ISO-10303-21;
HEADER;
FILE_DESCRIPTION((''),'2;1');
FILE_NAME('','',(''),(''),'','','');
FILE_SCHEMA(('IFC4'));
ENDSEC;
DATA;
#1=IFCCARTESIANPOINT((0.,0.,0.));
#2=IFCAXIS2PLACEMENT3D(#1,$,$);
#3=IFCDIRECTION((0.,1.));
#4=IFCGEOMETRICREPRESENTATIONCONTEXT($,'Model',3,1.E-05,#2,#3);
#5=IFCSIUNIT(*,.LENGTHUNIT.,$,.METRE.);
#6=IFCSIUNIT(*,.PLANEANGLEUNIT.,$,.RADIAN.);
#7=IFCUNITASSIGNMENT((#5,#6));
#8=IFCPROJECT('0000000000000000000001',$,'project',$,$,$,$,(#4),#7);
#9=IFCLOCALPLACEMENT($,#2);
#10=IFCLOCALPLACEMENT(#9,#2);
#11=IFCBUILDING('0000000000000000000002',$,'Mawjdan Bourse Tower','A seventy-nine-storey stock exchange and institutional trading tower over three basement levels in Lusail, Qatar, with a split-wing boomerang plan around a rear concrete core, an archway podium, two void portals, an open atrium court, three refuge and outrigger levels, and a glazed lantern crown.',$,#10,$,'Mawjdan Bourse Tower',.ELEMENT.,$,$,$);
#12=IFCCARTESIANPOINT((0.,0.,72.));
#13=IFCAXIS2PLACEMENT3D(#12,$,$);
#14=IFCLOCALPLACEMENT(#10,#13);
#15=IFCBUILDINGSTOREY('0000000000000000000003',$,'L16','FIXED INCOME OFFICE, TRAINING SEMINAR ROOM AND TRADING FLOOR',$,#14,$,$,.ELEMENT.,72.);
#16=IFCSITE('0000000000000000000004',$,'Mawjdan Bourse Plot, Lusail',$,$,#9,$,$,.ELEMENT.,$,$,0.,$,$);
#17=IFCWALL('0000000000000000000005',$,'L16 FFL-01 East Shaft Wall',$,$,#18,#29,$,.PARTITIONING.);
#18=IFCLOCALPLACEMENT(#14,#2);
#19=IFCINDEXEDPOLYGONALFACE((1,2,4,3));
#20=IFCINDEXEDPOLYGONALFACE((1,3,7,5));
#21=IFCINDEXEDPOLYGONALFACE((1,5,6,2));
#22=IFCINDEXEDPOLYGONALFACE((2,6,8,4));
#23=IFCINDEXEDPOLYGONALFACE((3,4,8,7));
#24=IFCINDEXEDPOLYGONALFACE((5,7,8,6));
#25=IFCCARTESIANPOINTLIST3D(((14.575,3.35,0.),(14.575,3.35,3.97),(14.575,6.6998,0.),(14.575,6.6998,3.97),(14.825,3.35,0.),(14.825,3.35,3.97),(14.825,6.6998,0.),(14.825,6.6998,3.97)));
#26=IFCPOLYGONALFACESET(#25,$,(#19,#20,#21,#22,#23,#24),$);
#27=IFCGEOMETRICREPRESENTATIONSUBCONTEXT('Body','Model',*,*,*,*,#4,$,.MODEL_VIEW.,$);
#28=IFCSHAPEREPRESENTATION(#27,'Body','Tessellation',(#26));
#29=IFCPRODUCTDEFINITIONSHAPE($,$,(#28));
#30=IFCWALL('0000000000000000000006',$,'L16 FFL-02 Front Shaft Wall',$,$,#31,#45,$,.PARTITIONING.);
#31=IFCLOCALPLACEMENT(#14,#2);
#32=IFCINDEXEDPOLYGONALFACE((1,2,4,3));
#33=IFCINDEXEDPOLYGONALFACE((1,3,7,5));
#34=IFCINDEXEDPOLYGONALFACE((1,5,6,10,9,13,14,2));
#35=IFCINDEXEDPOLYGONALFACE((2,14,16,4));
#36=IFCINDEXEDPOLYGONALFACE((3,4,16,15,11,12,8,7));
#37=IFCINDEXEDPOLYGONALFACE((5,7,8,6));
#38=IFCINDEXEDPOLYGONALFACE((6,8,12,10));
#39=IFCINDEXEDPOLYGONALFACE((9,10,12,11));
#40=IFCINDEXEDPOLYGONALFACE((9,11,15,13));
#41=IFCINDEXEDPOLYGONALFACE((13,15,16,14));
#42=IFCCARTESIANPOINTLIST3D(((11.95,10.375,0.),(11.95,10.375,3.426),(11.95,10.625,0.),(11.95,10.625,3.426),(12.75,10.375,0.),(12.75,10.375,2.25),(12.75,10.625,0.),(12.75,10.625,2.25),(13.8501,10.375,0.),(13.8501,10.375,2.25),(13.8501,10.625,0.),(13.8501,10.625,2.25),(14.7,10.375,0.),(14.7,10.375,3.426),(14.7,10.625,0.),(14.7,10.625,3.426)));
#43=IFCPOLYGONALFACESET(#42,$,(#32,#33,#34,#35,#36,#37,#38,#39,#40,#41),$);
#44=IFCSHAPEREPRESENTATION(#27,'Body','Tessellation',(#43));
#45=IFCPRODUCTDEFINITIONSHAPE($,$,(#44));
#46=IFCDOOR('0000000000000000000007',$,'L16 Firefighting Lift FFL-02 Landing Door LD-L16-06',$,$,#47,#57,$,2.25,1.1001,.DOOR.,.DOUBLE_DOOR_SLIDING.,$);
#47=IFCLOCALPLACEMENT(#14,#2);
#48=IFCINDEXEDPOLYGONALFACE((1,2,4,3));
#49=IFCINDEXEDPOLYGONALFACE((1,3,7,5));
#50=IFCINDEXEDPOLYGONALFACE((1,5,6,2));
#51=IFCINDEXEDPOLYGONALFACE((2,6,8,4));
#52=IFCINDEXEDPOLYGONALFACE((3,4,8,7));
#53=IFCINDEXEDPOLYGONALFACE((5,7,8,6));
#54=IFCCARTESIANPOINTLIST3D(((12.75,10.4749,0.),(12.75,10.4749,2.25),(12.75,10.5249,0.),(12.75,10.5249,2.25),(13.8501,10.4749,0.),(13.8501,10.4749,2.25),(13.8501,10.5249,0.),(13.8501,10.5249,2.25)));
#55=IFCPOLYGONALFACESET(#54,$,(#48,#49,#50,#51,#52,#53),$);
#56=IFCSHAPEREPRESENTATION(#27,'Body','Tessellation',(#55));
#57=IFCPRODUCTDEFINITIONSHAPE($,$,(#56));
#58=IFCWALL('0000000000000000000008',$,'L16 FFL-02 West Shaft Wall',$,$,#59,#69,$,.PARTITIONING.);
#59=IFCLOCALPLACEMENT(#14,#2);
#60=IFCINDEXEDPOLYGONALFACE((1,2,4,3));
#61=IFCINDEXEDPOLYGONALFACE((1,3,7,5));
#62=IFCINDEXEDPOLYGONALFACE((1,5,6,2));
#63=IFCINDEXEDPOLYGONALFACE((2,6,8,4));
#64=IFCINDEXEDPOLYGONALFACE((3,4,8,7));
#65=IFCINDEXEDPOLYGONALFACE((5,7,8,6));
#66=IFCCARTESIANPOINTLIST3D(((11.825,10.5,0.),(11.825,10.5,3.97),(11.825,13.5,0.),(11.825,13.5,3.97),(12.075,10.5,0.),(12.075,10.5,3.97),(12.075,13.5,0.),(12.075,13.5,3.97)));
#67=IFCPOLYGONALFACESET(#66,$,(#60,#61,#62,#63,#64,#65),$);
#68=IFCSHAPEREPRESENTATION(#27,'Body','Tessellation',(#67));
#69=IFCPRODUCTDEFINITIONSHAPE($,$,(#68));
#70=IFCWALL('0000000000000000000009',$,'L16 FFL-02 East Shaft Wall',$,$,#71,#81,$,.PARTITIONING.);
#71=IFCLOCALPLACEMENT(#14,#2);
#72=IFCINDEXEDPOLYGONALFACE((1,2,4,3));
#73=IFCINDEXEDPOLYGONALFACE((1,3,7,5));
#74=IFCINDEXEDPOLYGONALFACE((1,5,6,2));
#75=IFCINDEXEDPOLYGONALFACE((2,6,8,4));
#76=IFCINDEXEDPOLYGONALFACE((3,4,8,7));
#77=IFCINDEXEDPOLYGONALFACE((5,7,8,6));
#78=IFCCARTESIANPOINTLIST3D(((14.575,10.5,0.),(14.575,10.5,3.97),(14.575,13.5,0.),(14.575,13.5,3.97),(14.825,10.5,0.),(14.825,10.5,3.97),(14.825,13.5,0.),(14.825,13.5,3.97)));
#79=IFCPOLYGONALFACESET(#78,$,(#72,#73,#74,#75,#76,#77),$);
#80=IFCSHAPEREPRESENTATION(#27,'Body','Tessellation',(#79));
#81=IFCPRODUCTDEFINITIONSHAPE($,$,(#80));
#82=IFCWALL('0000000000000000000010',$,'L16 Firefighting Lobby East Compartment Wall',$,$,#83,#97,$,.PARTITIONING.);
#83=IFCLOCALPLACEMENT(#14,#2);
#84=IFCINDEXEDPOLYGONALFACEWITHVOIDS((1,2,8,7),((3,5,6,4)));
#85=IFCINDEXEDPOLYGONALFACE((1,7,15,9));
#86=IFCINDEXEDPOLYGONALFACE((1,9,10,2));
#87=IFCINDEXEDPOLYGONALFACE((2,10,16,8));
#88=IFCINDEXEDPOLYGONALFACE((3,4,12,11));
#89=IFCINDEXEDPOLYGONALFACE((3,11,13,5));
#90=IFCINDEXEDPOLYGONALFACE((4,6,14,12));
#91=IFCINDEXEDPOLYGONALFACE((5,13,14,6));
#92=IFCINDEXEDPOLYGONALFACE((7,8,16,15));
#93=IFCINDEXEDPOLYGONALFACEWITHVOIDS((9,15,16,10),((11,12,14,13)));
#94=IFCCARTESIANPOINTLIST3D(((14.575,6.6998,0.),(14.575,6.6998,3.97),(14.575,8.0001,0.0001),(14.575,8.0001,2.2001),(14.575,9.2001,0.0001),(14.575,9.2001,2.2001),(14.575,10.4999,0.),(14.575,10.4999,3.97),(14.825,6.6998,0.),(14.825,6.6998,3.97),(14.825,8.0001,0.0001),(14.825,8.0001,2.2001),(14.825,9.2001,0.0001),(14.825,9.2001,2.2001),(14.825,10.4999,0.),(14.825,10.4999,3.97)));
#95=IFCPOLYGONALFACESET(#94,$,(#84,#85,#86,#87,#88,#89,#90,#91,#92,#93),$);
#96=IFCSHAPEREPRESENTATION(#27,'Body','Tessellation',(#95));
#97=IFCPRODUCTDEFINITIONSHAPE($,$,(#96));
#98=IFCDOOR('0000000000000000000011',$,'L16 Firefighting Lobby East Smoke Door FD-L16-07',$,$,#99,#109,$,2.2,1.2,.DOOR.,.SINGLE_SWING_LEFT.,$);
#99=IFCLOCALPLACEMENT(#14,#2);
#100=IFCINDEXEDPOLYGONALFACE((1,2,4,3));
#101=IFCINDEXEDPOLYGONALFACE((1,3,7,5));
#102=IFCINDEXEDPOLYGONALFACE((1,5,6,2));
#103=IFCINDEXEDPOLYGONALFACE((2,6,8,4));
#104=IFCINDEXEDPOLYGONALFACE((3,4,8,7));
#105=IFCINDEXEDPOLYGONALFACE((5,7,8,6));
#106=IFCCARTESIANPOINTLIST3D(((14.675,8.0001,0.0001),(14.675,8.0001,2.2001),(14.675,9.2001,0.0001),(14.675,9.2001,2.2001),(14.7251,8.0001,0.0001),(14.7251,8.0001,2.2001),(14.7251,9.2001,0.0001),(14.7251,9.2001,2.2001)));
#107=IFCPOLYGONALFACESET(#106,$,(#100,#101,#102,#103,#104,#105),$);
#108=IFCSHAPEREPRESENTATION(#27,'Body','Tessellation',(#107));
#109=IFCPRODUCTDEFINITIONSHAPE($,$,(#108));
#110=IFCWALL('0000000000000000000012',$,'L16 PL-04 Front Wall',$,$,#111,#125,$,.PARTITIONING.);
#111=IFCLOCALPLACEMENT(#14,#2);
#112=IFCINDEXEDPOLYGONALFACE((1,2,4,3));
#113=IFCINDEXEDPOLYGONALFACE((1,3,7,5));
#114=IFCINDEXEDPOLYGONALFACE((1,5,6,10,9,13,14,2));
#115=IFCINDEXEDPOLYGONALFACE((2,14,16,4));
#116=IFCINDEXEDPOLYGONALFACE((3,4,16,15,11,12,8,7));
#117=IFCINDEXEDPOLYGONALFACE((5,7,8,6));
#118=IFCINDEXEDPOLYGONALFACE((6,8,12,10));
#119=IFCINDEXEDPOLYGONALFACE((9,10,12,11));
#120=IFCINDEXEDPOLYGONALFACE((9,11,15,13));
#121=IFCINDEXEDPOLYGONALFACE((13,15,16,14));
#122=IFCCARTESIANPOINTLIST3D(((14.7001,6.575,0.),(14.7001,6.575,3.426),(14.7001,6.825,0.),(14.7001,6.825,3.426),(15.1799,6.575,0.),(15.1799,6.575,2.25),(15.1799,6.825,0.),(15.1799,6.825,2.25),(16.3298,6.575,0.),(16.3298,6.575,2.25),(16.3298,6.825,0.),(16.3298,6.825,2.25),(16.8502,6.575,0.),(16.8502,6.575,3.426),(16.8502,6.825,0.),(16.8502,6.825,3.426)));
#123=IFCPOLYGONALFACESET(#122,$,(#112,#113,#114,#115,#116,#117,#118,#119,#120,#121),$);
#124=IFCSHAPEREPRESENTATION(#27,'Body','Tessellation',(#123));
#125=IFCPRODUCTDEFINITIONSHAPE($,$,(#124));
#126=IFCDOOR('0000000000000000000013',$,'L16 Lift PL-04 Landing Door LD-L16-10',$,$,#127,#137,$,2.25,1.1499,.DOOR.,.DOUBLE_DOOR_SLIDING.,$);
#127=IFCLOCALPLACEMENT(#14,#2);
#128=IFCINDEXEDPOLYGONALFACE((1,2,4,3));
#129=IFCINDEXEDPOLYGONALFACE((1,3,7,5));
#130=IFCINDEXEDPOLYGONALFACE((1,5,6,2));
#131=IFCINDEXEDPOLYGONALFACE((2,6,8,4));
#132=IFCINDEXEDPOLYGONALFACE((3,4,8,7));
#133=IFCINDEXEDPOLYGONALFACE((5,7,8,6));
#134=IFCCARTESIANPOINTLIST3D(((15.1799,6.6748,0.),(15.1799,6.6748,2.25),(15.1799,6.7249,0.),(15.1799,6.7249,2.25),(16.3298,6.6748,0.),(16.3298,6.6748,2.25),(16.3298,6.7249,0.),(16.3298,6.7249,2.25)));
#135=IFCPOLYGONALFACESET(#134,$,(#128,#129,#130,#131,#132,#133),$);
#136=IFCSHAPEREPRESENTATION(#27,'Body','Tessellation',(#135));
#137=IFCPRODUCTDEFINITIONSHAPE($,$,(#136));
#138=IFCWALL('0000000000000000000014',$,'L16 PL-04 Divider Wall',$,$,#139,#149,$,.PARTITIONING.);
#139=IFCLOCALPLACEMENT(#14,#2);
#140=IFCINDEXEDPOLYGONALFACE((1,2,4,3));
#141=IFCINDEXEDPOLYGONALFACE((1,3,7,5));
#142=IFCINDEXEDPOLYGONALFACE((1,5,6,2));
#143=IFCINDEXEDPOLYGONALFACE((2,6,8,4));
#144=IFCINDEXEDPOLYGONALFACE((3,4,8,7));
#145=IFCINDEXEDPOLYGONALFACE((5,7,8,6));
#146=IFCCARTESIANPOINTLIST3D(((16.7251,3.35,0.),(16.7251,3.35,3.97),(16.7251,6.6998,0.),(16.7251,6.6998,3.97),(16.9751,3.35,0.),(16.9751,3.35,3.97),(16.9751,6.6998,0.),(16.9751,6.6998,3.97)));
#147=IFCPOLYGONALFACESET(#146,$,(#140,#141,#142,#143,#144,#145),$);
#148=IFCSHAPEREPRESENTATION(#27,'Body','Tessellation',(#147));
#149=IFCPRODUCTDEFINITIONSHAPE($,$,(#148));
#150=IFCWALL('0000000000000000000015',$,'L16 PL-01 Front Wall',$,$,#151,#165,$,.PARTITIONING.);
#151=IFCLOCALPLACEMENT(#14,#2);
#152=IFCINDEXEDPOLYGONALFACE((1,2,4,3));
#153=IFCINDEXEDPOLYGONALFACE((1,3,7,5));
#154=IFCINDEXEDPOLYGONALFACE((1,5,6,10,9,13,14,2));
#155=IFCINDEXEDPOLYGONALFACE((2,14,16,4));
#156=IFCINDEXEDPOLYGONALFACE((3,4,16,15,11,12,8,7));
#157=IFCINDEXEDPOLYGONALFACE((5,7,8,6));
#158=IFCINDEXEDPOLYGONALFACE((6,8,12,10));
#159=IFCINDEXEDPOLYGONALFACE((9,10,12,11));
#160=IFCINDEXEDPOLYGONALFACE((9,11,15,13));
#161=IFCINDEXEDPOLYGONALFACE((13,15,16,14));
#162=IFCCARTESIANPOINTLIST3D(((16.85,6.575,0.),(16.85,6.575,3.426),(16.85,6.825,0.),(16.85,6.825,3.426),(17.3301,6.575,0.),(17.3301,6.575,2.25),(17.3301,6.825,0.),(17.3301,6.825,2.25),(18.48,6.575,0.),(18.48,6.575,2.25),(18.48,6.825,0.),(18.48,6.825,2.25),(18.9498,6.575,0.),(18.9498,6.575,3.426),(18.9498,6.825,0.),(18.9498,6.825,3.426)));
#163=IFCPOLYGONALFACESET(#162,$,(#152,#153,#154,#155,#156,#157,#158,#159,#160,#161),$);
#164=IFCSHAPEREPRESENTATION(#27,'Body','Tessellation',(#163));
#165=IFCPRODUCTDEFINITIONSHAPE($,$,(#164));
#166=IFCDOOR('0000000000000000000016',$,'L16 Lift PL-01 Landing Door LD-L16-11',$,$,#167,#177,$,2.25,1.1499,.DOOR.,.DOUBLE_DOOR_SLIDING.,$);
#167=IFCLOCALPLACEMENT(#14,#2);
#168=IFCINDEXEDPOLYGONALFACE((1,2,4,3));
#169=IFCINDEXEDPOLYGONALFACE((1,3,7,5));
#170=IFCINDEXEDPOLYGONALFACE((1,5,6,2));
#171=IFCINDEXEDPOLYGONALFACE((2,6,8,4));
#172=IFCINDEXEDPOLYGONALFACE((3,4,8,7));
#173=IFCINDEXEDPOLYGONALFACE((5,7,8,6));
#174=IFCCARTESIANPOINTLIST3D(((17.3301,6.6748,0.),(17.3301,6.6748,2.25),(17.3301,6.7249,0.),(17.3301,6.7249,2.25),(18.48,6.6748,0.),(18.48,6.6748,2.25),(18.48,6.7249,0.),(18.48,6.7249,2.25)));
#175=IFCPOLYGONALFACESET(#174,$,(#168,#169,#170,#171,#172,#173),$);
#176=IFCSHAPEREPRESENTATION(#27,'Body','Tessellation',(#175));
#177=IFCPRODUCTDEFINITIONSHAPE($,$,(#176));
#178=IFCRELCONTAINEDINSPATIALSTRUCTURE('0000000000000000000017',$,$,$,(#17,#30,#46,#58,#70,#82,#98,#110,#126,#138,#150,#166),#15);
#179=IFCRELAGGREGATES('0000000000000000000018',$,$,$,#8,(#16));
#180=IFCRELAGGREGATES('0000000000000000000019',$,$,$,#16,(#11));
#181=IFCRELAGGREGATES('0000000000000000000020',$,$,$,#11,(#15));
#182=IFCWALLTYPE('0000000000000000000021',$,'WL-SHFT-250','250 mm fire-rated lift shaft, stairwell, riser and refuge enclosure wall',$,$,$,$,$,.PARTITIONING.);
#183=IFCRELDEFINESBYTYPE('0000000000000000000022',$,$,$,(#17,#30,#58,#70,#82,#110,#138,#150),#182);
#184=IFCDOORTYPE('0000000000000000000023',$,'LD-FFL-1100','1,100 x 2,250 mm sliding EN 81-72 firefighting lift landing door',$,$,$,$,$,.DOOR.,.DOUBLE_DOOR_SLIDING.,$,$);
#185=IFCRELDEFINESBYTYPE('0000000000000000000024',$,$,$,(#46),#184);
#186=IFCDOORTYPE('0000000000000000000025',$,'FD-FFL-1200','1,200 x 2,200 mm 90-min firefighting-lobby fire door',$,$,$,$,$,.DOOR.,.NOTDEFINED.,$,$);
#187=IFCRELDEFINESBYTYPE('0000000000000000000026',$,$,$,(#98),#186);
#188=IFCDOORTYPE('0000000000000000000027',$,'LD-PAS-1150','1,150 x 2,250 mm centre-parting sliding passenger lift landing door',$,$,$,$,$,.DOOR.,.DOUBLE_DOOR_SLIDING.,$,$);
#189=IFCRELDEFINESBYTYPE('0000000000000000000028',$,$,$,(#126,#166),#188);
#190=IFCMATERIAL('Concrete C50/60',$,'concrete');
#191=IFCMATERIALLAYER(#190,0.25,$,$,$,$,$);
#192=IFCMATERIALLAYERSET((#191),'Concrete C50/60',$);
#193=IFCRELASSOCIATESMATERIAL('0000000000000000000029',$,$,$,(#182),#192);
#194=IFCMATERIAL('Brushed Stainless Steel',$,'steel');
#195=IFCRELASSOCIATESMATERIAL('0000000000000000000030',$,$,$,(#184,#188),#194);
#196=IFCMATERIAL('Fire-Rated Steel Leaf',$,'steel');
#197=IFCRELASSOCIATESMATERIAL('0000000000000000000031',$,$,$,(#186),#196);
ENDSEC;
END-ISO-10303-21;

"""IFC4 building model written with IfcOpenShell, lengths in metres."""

from ifc_helpers import new_model, si_unit, direction, frame, frame_2d, origin, place, context, subcontext, project, spatial, rectangle, extrude, material, layer, layer_set, type_object, element, fill, save


model = new_model("IFC4")

# Units and contexts
model_context = context("Model", 3, precision=1e-05, world=origin(), true_north=direction((0.0, 1.0)))
body_context = subcontext(model_context, "Body", "Model", "MODEL_VIEW")
ifc_project = project(units=[si_unit("LENGTHUNIT", "METRE"), si_unit("PLANEANGLEUNIT", "RADIAN")], contexts=[model_context])

# Site, building, storey
site_placement = place(None, origin())
site = spatial("IfcSite", under=ifc_project, at=site_placement, Name="Mawjdan Bourse Plot, Lusail", CompositionType="ELEMENT", RefElevation=0.0)
building_placement = place(site_placement, origin())
building = spatial("IfcBuilding", under=site, at=building_placement, Name="Mawjdan Bourse Tower", Description="A seventy-nine-storey stock exchange and institutional trading tower over three basement levels in Lusail, Qatar, with a split-wing boomerang plan around a rear concrete core, an archway podium, two void portals, an open atrium court, three refuge and outrigger levels, and a glazed lantern crown.", LongName="Mawjdan Bourse Tower", CompositionType="ELEMENT")
storey_placement = place(building_placement, frame((0.0, 0.0, 72.0)))
storey = spatial("IfcBuildingStorey", under=building, at=storey_placement, Name="L16", Description="FIXED INCOME OFFICE, TRAINING SEMINAR ROOM AND TRADING FLOOR", CompositionType="ELEMENT", Elevation=72.0)

# Shared definitions
ifc_material_1 = material(Name="Concrete C50/60", Category="concrete")
ifc_layer = layer(ifc_material_1, 0.25)
ifc_layer_set = layer_set([ifc_layer], Name="Concrete C50/60")
wall_type = type_object("IfcWallType", Name="WL-SHFT-250", Description="250 mm fire-rated lift shaft, stairwell, riser and refuge enclosure wall", PredefinedType="PARTITIONING", material=ifc_layer_set)

# Shared definitions
ifc_material_2 = material(Name="Brushed Stainless Steel", Category="steel")
door_type_1 = type_object("IfcDoorType", Name="LD-FFL-1100", Description="1,100 x 2,250 mm sliding EN 81-72 firefighting lift landing door", OperationType="DOUBLE_DOOR_SLIDING", PredefinedType="DOOR", material=ifc_material_2)

# Wall
wall_1_placement = place(storey_placement, frame((14.7, 3.3501, 0.0), z_axis=(0.0, 0.0, 1.0), x_axis=(0.0, 1.0, 0.0)))
element("IfcWall", 1, at=wall_1_placement, inside=storey, type_object=wall_type, Name="L16 FFL-01 East Shaft Wall", PredefinedType="PARTITIONING", context=body_context, shape_type="SweptSolid", body=[
    extrude(rectangle(XDim=3.3499, YDim=0.25, at=frame_2d((1.6748, 0.0))), origin(), (0.0, 0.0, 1.0), 3.97),
])

# Wall, opening, door
wall_2_placement = place(storey_placement, frame((11.95, 10.5, 0.0), z_axis=(0.0, 0.0, 1.0), x_axis=(1.0, 0.0, 0.0)))
wall_2 = element("IfcWall", 2, at=wall_2_placement, inside=storey, type_object=wall_type, Name="L16 FFL-02 Front Shaft Wall", PredefinedType="PARTITIONING", context=body_context, shape_type="SweptSolid", body=[
    extrude(rectangle(XDim=2.75, YDim=0.25, at=frame_2d((1.375, 0.0))), origin(), (0.0, 0.0, 1.0), 3.426),
])
opening_1_placement = place(wall_2_placement, frame((0.8, 0.0, 0.0)))
opening_1 = element("IfcOpeningElement", 3, at=opening_1_placement, cuts=wall_2, PredefinedType="OPENING", context=body_context, shape_type="SweptSolid", body=[
    extrude(rectangle(XDim=1.1001, YDim=2.25, at=frame_2d((0.55, 1.125))), frame((0.0, 0.135, 0.0), z_axis=(0.0, -1.0, 0.0), x_axis=(1.0, 0.0, 0.0)), (0.0, 0.0, 1.0), 0.27),
])
door_1_placement = place(opening_1_placement, origin())
door_1 = element("IfcDoor", 4, at=door_1_placement, inside=storey, type_object=door_type_1, Name="L16 Firefighting Lift FFL-02 Landing Door LD-L16-06", OperationType="DOUBLE_DOOR_SLIDING", OverallHeight=2.25, OverallWidth=1.1001, PredefinedType="DOOR", context=body_context, shape_type="SweptSolid", body=[
    extrude(rectangle(XDim=1.1001, YDim=2.25, at=frame_2d((0.55, 1.125))), frame((0.0, 0.0249, 0.0), z_axis=(0.0, -1.0, 0.0), x_axis=(1.0, 0.0, 0.0)), (0.0, 0.0, 1.0), 0.05),
])
fill(opening_1, door_1)

# Walls
for number, where, z_axis, x_axis, name in (
    (5, (11.95, 10.5, 0.0), (0.0, 0.0, 1.0), (0.0, 1.0, 0.0), "L16 FFL-02 West Shaft Wall"),
    (6, (14.7, 10.5, 0.0), (0.0, 0.0, 1.0), (0.0, 1.0, 0.0), "L16 FFL-02 East Shaft Wall"),
):
    element("IfcWall", number, at=place(storey_placement, frame(where, z_axis=z_axis, x_axis=x_axis)), inside=storey, type_object=wall_type, Name=name, PredefinedType="PARTITIONING", context=body_context, shape_type="SweptSolid", body=[
        extrude(rectangle(XDim=3.0, YDim=0.25, at=frame_2d((1.5, 0.0))), origin(), (0.0, 0.0, 1.0), 3.97),
    ])

# Walls, openings, doors
wall_3_placement = place(storey_placement, frame((14.7, 6.7, 0.0), z_axis=(0.0, 0.0, 1.0), x_axis=(0.0, 1.0, 0.0)))
wall_3 = element("IfcWall", 7, at=wall_3_placement, inside=storey, type_object=wall_type, Name="L16 Firefighting Lobby East Compartment Wall", PredefinedType="PARTITIONING", context=body_context, shape_type="SweptSolid", body=[
    extrude(rectangle(XDim=3.8, YDim=0.25, at=frame_2d((1.8999, 0.0))), origin(), (0.0, 0.0, 1.0), 3.97),
])
opening_2_placement = place(wall_3_placement, frame((1.3, 0.0, 0.0)))
opening_2 = element("IfcOpeningElement", 8, at=opening_2_placement, cuts=wall_3, PredefinedType="OPENING", context=body_context, shape_type="SweptSolid", body=[
    extrude(rectangle(XDim=1.2, YDim=2.2, at=frame_2d((0.6001, 1.1001))), frame((0.0, 0.135, 0.0), z_axis=(0.0, -1.0, 0.0), x_axis=(1.0, 0.0, 0.0)), (0.0, 0.0, 1.0), 0.27),
])
ifc_material_3 = material(Name="Fire-Rated Steel Leaf", Category="steel")
door_type_2 = type_object("IfcDoorType", Name="FD-FFL-1200", Description="1,200 x 2,200 mm 90-min firefighting-lobby fire door", OperationType="NOTDEFINED", PredefinedType="DOOR", material=ifc_material_3)
door_2_placement = place(opening_2_placement, origin())
door_2 = element("IfcDoor", 9, at=door_2_placement, inside=storey, type_object=door_type_2, Name="L16 Firefighting Lobby East Smoke Door FD-L16-07", OperationType="SINGLE_SWING_LEFT", OverallHeight=2.2, OverallWidth=1.2, PredefinedType="DOOR", context=body_context, shape_type="SweptSolid", body=[
    extrude(rectangle(XDim=1.2, YDim=2.2, at=frame_2d((0.6001, 1.1001))), frame((0.0, 0.0249, 0.0), z_axis=(0.0, -1.0, 0.0), x_axis=(1.0, 0.0, 0.0)), (0.0, 0.0, 1.0), 0.05),
])
fill(opening_2, door_2)
wall_4_placement = place(storey_placement, frame((14.7, 6.7, 0.0), z_axis=(0.0, 0.0, 1.0), x_axis=(1.0, 0.0, 0.0)))
wall_4 = element("IfcWall", 10, at=wall_4_placement, inside=storey, type_object=wall_type, Name="L16 PL-04 Front Wall", PredefinedType="PARTITIONING", context=body_context, shape_type="SweptSolid", body=[
    extrude(rectangle(XDim=2.1501, YDim=0.25, at=frame_2d((1.0752, 0.0))), origin(), (0.0, 0.0, 1.0), 3.426),
])
opening_3_placement = place(wall_4_placement, frame((0.48, 0.0, 0.0)))
opening_3 = element("IfcOpeningElement", 11, at=opening_3_placement, cuts=wall_4, PredefinedType="OPENING", context=body_context, shape_type="SweptSolid", body=[
    extrude(rectangle(XDim=1.1499, YDim=2.25, at=frame_2d((0.575, 1.125))), frame((0.0, 0.135, 0.0), z_axis=(0.0, -1.0, 0.0), x_axis=(1.0, 0.0, 0.0)), (0.0, 0.0, 1.0), 0.27),
])
door_type_3 = type_object("IfcDoorType", Name="LD-PAS-1150", Description="1,150 x 2,250 mm centre-parting sliding passenger lift landing door", OperationType="DOUBLE_DOOR_SLIDING", PredefinedType="DOOR", material=ifc_material_2)
door_3_placement = place(opening_3_placement, origin())
door_3 = element("IfcDoor", 12, at=door_3_placement, inside=storey, type_object=door_type_3, Name="L16 Lift PL-04 Landing Door LD-L16-10", OperationType="DOUBLE_DOOR_SLIDING", OverallHeight=2.25, OverallWidth=1.1499, PredefinedType="DOOR", context=body_context, shape_type="SweptSolid", body=[
    extrude(rectangle(XDim=1.1499, YDim=2.25, at=frame_2d((0.575, 1.125))), frame((0.0, 0.0249, 0.0), z_axis=(0.0, -1.0, 0.0), x_axis=(1.0, 0.0, 0.0)), (0.0, 0.0, 1.0), 0.05),
])
fill(opening_3, door_3)

# Wall
wall_5_placement = place(storey_placement, frame((16.8501, 3.3501, 0.0), z_axis=(0.0, 0.0, 1.0), x_axis=(0.0, 1.0, 0.0)))
element("IfcWall", 13, at=wall_5_placement, inside=storey, type_object=wall_type, Name="L16 PL-04 Divider Wall", PredefinedType="PARTITIONING", context=body_context, shape_type="SweptSolid", body=[
    extrude(rectangle(XDim=3.3499, YDim=0.25, at=frame_2d((1.6748, 0.0))), origin(), (0.0, 0.0, 1.0), 3.97),
])

# Wall, opening, door
wall_6_placement = place(storey_placement, frame((16.8501, 6.7, 0.0), z_axis=(0.0, 0.0, 1.0), x_axis=(1.0, 0.0, 0.0)))
wall_6 = element("IfcWall", 14, at=wall_6_placement, inside=storey, type_object=wall_type, Name="L16 PL-01 Front Wall", PredefinedType="PARTITIONING", context=body_context, shape_type="SweptSolid", body=[
    extrude(rectangle(XDim=2.0999, YDim=0.25, at=frame_2d((1.0498, 0.0))), origin(), (0.0, 0.0, 1.0), 3.426),
])
opening_4_placement = place(wall_6_placement, frame((0.48, 0.0, 0.0)))
opening_4 = element("IfcOpeningElement", 15, at=opening_4_placement, cuts=wall_6, PredefinedType="OPENING", context=body_context, shape_type="SweptSolid", body=[
    extrude(rectangle(XDim=1.1499, YDim=2.25, at=frame_2d((0.575, 1.125))), frame((0.0, 0.135, 0.0), z_axis=(0.0, -1.0, 0.0), x_axis=(1.0, 0.0, 0.0)), (0.0, 0.0, 1.0), 0.27),
])
door_4_placement = place(opening_4_placement, origin())
door_4 = element("IfcDoor", 16, at=door_4_placement, inside=storey, type_object=door_type_3, Name="L16 Lift PL-01 Landing Door LD-L16-11", OperationType="DOUBLE_DOOR_SLIDING", OverallHeight=2.25, OverallWidth=1.1499, PredefinedType="DOOR", context=body_context, shape_type="SweptSolid", body=[
    extrude(rectangle(XDim=1.1499, YDim=2.25, at=frame_2d((0.575, 1.125))), frame((0.0, 0.0249, 0.0), z_axis=(0.0, -1.0, 0.0), x_axis=(1.0, 0.0, 0.0)), (0.0, 0.0, 1.0), 0.05),
])
fill(opening_4, door_4)

save(model, "model.ifc")
